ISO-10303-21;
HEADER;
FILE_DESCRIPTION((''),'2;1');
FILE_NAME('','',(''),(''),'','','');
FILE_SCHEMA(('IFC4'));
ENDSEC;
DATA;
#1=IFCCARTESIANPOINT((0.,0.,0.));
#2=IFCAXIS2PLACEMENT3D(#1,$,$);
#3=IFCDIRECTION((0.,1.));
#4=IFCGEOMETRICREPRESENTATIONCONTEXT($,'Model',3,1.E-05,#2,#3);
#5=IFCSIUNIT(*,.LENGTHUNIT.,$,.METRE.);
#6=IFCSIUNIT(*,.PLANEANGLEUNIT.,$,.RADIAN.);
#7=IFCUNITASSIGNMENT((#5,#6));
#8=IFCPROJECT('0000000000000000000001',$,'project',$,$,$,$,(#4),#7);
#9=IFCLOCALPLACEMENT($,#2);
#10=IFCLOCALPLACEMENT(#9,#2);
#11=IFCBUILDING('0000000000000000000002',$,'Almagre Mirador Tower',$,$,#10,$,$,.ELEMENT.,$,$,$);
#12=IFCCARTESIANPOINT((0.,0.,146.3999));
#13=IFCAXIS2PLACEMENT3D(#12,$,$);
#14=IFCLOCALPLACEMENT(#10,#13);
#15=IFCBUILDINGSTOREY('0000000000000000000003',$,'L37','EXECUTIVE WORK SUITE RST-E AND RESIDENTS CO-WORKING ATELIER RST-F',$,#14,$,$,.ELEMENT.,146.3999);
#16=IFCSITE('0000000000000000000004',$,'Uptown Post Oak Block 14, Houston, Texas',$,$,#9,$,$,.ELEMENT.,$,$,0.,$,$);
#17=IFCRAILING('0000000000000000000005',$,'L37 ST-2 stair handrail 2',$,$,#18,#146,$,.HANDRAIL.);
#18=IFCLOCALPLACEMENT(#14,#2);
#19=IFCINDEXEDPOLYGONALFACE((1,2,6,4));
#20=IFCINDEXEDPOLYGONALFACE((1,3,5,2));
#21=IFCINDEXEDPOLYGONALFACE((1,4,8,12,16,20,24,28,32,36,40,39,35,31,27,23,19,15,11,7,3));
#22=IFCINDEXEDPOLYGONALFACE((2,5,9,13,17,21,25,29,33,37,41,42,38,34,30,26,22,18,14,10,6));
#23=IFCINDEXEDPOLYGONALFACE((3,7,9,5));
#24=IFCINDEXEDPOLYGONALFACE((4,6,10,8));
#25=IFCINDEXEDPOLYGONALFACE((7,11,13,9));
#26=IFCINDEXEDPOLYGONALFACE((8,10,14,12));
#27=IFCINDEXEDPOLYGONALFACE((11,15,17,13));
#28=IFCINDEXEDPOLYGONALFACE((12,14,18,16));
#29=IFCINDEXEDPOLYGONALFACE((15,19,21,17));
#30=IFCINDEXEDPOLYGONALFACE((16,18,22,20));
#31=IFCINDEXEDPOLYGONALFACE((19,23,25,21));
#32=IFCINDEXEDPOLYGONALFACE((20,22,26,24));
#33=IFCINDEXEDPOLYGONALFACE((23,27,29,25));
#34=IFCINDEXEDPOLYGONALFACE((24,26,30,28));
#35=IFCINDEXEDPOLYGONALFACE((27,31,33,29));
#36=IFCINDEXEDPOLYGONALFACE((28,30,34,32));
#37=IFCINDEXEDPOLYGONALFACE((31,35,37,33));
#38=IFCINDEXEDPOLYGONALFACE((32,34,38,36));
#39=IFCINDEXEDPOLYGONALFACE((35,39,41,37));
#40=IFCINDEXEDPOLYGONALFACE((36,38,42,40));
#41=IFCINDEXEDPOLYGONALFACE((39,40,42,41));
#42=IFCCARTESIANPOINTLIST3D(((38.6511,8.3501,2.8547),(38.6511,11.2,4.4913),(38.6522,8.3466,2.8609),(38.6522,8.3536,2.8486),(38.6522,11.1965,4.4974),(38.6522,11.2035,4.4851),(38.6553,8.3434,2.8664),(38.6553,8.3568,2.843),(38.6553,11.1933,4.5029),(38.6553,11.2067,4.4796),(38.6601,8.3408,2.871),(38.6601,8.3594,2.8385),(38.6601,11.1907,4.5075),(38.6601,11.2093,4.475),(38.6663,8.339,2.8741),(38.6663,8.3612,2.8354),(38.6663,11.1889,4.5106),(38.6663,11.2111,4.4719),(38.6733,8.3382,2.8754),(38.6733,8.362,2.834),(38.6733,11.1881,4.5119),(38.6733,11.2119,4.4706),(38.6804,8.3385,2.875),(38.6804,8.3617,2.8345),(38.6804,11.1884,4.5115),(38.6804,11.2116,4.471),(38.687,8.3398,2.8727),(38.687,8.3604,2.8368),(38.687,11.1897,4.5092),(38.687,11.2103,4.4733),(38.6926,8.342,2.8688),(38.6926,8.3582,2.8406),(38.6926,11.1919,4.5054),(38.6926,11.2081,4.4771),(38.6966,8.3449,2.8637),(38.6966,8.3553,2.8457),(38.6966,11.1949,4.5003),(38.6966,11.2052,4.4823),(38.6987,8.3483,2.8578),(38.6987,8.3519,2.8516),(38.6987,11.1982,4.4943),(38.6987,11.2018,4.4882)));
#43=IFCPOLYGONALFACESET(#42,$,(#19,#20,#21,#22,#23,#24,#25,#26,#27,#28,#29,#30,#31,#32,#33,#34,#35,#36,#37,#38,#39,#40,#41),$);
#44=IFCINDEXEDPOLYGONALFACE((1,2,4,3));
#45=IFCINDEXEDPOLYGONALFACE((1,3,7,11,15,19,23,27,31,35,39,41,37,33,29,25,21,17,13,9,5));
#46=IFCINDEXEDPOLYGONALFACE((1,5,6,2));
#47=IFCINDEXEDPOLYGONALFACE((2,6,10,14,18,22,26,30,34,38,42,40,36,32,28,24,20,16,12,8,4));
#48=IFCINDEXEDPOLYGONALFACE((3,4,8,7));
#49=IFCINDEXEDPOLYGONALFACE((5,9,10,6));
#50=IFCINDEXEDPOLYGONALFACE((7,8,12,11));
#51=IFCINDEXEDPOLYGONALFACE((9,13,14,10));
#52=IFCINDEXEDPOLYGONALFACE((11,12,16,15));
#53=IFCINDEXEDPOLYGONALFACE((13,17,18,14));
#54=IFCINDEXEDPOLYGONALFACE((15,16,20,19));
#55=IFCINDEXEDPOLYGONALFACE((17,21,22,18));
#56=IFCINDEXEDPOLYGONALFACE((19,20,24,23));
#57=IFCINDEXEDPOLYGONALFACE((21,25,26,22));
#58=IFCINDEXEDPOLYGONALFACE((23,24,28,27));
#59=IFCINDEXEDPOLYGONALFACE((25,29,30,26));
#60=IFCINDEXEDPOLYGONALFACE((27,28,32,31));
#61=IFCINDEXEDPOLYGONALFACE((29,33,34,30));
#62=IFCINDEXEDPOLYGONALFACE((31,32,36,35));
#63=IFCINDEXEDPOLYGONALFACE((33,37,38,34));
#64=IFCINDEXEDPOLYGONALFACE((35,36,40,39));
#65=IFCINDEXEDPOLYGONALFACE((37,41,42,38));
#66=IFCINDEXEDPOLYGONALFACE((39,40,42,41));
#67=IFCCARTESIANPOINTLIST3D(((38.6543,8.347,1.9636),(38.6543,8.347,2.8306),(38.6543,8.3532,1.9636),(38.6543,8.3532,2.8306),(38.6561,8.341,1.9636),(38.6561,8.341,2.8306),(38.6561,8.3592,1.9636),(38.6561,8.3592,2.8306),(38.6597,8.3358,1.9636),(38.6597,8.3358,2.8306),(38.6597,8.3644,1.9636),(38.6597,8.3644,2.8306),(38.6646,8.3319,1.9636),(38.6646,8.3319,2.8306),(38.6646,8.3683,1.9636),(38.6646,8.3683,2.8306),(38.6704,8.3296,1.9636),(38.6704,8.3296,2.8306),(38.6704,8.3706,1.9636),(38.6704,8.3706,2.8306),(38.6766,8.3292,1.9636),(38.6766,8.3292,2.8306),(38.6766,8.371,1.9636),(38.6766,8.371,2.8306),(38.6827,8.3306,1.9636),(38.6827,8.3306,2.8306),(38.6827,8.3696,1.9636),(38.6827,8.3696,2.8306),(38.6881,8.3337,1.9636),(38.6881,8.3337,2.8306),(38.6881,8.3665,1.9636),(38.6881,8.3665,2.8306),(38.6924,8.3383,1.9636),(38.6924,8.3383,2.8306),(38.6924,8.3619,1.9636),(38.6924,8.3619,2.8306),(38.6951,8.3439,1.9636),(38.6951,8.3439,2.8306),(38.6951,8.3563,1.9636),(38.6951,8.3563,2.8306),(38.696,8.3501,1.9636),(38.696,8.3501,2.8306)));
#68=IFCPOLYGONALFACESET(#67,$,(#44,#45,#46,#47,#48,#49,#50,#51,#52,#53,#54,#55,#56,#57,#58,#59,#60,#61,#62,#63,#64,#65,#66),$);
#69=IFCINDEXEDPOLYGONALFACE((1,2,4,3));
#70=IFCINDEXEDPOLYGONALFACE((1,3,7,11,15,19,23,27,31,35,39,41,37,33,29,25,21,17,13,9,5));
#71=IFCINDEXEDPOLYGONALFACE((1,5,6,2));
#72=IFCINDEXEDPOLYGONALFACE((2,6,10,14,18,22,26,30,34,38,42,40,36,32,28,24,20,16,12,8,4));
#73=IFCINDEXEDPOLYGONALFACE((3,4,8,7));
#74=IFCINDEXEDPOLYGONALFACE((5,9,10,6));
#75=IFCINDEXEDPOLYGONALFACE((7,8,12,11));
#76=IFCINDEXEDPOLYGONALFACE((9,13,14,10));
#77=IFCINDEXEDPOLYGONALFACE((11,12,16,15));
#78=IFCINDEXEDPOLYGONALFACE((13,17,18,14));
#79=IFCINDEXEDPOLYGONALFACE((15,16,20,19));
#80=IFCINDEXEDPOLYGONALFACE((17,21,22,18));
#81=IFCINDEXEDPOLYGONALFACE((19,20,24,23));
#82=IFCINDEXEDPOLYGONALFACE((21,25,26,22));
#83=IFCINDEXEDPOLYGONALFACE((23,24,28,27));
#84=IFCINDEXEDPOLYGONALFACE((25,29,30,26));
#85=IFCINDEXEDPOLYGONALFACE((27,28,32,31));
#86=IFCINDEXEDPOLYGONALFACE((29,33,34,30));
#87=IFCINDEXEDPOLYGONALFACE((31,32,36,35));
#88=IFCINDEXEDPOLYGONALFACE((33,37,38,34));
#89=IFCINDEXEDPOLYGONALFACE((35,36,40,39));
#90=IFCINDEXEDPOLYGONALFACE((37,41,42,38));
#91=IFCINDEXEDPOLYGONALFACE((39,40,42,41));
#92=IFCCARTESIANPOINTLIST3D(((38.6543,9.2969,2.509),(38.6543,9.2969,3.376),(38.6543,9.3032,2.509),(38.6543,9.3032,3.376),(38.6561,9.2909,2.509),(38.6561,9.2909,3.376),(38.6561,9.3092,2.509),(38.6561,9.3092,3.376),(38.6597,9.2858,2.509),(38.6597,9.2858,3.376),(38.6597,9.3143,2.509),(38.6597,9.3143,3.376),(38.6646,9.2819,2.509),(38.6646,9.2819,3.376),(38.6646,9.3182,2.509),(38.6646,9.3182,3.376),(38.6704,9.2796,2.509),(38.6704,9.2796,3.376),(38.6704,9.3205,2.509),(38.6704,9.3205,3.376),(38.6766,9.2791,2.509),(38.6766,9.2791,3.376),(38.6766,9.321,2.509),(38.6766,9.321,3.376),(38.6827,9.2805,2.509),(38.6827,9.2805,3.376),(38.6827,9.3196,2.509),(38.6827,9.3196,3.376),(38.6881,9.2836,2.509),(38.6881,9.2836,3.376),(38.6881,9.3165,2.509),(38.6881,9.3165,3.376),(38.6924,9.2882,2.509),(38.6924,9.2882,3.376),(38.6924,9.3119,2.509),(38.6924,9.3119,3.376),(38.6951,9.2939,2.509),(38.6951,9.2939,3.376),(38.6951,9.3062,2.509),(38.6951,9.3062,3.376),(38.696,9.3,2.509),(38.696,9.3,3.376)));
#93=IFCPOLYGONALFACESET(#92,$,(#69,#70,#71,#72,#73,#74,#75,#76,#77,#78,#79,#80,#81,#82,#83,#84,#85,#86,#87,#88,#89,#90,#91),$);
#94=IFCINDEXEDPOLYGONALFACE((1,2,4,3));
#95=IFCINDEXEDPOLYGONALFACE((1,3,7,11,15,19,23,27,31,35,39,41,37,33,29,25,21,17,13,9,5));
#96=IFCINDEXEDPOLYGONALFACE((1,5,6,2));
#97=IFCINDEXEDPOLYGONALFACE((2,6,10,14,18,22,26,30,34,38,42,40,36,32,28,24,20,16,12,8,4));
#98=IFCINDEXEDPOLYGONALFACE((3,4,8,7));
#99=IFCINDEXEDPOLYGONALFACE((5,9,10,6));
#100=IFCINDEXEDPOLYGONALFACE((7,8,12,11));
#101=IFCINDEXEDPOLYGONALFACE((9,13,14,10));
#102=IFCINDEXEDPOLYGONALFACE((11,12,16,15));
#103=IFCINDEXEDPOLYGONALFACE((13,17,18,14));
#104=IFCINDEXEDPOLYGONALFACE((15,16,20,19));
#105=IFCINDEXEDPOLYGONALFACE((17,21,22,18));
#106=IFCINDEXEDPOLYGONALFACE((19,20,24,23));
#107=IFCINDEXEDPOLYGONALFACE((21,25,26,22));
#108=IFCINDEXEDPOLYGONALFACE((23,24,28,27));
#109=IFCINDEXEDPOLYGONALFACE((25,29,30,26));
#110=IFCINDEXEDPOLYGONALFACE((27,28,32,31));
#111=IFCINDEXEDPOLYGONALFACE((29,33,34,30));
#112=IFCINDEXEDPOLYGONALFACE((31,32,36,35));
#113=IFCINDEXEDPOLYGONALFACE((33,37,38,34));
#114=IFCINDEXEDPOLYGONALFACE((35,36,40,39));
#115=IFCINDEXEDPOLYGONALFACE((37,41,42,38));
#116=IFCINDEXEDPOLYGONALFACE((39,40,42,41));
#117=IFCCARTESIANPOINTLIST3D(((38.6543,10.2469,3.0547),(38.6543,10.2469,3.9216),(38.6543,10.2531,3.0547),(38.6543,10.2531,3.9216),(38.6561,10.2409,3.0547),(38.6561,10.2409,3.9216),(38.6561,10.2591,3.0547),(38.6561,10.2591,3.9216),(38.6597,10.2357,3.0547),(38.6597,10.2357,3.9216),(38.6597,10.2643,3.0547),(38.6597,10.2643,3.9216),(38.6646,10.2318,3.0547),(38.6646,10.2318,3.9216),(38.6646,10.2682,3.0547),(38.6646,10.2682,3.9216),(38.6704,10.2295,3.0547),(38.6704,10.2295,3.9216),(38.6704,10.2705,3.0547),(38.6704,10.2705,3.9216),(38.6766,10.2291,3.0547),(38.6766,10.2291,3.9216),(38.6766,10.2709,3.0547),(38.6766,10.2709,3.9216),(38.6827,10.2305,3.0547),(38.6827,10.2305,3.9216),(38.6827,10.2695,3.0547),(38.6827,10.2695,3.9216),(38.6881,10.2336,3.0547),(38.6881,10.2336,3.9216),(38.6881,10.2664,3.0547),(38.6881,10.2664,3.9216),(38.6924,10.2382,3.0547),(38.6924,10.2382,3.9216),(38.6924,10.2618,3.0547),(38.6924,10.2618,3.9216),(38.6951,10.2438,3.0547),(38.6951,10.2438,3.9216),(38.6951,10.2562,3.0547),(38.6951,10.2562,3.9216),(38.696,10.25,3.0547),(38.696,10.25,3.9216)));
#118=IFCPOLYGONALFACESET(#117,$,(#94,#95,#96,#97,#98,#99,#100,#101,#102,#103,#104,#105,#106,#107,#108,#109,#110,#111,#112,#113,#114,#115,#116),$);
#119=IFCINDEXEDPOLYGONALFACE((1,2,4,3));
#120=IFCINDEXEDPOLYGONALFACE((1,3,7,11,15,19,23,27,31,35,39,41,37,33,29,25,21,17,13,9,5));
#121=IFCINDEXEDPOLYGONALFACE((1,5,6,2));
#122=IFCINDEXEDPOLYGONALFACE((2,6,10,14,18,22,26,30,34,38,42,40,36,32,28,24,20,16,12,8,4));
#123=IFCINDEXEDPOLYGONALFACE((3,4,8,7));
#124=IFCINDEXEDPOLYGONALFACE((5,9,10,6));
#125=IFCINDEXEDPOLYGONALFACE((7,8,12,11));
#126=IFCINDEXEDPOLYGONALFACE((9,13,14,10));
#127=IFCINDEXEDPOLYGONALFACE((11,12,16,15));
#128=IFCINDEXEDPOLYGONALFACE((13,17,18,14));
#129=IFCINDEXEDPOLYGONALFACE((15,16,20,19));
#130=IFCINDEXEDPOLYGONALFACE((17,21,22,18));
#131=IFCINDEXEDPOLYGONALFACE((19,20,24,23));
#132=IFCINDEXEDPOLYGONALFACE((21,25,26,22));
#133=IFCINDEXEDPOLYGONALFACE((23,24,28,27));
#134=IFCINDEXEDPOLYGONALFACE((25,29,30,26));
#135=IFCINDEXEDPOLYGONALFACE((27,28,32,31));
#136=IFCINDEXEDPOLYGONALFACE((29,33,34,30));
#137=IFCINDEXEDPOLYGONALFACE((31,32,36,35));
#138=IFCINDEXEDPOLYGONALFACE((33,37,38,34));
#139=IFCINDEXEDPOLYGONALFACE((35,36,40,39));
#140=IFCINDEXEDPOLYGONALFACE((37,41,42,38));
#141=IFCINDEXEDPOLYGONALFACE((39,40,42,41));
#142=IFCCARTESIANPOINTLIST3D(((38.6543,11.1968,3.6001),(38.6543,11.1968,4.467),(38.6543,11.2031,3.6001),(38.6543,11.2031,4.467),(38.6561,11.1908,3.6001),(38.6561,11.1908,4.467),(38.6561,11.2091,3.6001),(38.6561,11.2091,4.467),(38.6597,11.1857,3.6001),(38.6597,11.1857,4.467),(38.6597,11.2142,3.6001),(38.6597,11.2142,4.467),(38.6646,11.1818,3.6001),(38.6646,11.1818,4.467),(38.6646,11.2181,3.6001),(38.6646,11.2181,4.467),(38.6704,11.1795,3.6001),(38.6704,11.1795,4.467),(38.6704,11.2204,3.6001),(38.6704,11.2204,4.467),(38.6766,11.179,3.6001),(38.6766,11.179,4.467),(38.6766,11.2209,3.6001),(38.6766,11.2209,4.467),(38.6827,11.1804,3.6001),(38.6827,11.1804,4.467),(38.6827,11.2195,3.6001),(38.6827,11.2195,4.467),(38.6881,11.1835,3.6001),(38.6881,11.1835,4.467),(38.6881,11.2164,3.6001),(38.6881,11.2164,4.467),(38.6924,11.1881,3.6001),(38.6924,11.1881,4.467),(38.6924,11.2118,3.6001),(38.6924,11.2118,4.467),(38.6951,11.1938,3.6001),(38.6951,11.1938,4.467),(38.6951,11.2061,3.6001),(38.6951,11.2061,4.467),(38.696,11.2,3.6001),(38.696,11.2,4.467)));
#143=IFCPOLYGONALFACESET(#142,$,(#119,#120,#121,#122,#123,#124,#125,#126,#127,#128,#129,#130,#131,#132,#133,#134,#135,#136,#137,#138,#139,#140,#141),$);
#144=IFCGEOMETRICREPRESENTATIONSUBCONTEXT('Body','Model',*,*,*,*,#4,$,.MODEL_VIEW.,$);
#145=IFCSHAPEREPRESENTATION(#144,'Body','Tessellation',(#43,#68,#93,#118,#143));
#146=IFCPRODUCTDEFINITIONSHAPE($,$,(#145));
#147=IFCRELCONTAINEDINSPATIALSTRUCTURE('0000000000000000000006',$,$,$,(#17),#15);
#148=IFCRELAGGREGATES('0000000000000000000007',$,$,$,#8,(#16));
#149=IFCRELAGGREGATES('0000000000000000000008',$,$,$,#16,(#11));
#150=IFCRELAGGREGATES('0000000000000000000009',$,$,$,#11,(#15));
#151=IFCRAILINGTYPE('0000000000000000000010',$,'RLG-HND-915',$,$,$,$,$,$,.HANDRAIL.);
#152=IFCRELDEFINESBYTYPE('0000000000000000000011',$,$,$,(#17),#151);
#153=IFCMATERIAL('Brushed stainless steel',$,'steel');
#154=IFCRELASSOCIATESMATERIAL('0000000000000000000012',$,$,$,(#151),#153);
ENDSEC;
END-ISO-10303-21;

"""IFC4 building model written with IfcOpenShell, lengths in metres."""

from ifc_helpers import new_model, si_unit, direction, frame, origin, origin_2d, place, context, subcontext, project, spatial, circle, extrude, material, type_object, element, save


model = new_model("IFC4")

# Units and contexts
model_context = context("Model", 3, precision=1e-05, world=origin(), true_north=direction((0.0, 1.0)))
body_context = subcontext(model_context, "Body", "Model", "MODEL_VIEW")
ifc_project = project(units=[si_unit("LENGTHUNIT", "METRE"), si_unit("PLANEANGLEUNIT", "RADIAN")], contexts=[model_context])

# Site, building, storey
site_placement = place(None, origin())
site = spatial("IfcSite", under=ifc_project, at=site_placement, Name="Uptown Post Oak Block 14, Houston, Texas", CompositionType="ELEMENT", RefElevation=0.0)
building_placement = place(site_placement, origin())
building = spatial("IfcBuilding", under=site, at=building_placement, Name="Almagre Mirador Tower", CompositionType="ELEMENT")
storey_placement = place(building_placement, frame((0.0, 0.0, 146.3999)))
storey = spatial("IfcBuildingStorey", under=building, at=storey_placement, Name="L37", Description="EXECUTIVE WORK SUITE RST-E AND RESIDENTS CO-WORKING ATELIER RST-F", CompositionType="ELEMENT", Elevation=146.3999)

# Railing
ifc_material_1 = material(Name="Brushed stainless steel", Category="steel")
railing_type_1 = type_object("IfcRailingType", Name="RLG-HND-915", PredefinedType="HANDRAIL", material=ifc_material_1)
railing_1_placement = place(storey_placement, frame((38.675, 8.3501, 1.9636)))
element("IfcRailing", 1, at=railing_1_placement, inside=storey, type_object=railing_type_1, Name="L37 ST-2 stair handrail 2", PredefinedType="HANDRAIL", context=body_context, shape_type="SweptSolid", body=[
    extrude(circle(Radius=0.0239, at=origin_2d()), frame((0.0, 0.0, 0.8911), z_axis=(0.0, 0.867194, 0.49797), x_axis=(-1.0, 0.0, 0.0)), (0.0, 0.0, 1.0), 3.2864),
    extrude(circle(Radius=0.021, at=origin_2d()), origin(), (0.0, 0.0, 1.0), 0.8669),
    extrude(circle(Radius=0.021, at=origin_2d()), frame((0.0, 0.95, 0.5454)), (0.0, 0.0, 1.0), 0.8669),
    extrude(circle(Radius=0.021, at=origin_2d()), frame((0.0, 1.8999, 1.0911)), (0.0, 0.0, 1.0), 0.8669),
    extrude(circle(Radius=0.021, at=origin_2d()), frame((0.0, 2.8499, 1.6365)), (0.0, 0.0, 1.0), 0.8669),
])

save(model, "model.ifc")
